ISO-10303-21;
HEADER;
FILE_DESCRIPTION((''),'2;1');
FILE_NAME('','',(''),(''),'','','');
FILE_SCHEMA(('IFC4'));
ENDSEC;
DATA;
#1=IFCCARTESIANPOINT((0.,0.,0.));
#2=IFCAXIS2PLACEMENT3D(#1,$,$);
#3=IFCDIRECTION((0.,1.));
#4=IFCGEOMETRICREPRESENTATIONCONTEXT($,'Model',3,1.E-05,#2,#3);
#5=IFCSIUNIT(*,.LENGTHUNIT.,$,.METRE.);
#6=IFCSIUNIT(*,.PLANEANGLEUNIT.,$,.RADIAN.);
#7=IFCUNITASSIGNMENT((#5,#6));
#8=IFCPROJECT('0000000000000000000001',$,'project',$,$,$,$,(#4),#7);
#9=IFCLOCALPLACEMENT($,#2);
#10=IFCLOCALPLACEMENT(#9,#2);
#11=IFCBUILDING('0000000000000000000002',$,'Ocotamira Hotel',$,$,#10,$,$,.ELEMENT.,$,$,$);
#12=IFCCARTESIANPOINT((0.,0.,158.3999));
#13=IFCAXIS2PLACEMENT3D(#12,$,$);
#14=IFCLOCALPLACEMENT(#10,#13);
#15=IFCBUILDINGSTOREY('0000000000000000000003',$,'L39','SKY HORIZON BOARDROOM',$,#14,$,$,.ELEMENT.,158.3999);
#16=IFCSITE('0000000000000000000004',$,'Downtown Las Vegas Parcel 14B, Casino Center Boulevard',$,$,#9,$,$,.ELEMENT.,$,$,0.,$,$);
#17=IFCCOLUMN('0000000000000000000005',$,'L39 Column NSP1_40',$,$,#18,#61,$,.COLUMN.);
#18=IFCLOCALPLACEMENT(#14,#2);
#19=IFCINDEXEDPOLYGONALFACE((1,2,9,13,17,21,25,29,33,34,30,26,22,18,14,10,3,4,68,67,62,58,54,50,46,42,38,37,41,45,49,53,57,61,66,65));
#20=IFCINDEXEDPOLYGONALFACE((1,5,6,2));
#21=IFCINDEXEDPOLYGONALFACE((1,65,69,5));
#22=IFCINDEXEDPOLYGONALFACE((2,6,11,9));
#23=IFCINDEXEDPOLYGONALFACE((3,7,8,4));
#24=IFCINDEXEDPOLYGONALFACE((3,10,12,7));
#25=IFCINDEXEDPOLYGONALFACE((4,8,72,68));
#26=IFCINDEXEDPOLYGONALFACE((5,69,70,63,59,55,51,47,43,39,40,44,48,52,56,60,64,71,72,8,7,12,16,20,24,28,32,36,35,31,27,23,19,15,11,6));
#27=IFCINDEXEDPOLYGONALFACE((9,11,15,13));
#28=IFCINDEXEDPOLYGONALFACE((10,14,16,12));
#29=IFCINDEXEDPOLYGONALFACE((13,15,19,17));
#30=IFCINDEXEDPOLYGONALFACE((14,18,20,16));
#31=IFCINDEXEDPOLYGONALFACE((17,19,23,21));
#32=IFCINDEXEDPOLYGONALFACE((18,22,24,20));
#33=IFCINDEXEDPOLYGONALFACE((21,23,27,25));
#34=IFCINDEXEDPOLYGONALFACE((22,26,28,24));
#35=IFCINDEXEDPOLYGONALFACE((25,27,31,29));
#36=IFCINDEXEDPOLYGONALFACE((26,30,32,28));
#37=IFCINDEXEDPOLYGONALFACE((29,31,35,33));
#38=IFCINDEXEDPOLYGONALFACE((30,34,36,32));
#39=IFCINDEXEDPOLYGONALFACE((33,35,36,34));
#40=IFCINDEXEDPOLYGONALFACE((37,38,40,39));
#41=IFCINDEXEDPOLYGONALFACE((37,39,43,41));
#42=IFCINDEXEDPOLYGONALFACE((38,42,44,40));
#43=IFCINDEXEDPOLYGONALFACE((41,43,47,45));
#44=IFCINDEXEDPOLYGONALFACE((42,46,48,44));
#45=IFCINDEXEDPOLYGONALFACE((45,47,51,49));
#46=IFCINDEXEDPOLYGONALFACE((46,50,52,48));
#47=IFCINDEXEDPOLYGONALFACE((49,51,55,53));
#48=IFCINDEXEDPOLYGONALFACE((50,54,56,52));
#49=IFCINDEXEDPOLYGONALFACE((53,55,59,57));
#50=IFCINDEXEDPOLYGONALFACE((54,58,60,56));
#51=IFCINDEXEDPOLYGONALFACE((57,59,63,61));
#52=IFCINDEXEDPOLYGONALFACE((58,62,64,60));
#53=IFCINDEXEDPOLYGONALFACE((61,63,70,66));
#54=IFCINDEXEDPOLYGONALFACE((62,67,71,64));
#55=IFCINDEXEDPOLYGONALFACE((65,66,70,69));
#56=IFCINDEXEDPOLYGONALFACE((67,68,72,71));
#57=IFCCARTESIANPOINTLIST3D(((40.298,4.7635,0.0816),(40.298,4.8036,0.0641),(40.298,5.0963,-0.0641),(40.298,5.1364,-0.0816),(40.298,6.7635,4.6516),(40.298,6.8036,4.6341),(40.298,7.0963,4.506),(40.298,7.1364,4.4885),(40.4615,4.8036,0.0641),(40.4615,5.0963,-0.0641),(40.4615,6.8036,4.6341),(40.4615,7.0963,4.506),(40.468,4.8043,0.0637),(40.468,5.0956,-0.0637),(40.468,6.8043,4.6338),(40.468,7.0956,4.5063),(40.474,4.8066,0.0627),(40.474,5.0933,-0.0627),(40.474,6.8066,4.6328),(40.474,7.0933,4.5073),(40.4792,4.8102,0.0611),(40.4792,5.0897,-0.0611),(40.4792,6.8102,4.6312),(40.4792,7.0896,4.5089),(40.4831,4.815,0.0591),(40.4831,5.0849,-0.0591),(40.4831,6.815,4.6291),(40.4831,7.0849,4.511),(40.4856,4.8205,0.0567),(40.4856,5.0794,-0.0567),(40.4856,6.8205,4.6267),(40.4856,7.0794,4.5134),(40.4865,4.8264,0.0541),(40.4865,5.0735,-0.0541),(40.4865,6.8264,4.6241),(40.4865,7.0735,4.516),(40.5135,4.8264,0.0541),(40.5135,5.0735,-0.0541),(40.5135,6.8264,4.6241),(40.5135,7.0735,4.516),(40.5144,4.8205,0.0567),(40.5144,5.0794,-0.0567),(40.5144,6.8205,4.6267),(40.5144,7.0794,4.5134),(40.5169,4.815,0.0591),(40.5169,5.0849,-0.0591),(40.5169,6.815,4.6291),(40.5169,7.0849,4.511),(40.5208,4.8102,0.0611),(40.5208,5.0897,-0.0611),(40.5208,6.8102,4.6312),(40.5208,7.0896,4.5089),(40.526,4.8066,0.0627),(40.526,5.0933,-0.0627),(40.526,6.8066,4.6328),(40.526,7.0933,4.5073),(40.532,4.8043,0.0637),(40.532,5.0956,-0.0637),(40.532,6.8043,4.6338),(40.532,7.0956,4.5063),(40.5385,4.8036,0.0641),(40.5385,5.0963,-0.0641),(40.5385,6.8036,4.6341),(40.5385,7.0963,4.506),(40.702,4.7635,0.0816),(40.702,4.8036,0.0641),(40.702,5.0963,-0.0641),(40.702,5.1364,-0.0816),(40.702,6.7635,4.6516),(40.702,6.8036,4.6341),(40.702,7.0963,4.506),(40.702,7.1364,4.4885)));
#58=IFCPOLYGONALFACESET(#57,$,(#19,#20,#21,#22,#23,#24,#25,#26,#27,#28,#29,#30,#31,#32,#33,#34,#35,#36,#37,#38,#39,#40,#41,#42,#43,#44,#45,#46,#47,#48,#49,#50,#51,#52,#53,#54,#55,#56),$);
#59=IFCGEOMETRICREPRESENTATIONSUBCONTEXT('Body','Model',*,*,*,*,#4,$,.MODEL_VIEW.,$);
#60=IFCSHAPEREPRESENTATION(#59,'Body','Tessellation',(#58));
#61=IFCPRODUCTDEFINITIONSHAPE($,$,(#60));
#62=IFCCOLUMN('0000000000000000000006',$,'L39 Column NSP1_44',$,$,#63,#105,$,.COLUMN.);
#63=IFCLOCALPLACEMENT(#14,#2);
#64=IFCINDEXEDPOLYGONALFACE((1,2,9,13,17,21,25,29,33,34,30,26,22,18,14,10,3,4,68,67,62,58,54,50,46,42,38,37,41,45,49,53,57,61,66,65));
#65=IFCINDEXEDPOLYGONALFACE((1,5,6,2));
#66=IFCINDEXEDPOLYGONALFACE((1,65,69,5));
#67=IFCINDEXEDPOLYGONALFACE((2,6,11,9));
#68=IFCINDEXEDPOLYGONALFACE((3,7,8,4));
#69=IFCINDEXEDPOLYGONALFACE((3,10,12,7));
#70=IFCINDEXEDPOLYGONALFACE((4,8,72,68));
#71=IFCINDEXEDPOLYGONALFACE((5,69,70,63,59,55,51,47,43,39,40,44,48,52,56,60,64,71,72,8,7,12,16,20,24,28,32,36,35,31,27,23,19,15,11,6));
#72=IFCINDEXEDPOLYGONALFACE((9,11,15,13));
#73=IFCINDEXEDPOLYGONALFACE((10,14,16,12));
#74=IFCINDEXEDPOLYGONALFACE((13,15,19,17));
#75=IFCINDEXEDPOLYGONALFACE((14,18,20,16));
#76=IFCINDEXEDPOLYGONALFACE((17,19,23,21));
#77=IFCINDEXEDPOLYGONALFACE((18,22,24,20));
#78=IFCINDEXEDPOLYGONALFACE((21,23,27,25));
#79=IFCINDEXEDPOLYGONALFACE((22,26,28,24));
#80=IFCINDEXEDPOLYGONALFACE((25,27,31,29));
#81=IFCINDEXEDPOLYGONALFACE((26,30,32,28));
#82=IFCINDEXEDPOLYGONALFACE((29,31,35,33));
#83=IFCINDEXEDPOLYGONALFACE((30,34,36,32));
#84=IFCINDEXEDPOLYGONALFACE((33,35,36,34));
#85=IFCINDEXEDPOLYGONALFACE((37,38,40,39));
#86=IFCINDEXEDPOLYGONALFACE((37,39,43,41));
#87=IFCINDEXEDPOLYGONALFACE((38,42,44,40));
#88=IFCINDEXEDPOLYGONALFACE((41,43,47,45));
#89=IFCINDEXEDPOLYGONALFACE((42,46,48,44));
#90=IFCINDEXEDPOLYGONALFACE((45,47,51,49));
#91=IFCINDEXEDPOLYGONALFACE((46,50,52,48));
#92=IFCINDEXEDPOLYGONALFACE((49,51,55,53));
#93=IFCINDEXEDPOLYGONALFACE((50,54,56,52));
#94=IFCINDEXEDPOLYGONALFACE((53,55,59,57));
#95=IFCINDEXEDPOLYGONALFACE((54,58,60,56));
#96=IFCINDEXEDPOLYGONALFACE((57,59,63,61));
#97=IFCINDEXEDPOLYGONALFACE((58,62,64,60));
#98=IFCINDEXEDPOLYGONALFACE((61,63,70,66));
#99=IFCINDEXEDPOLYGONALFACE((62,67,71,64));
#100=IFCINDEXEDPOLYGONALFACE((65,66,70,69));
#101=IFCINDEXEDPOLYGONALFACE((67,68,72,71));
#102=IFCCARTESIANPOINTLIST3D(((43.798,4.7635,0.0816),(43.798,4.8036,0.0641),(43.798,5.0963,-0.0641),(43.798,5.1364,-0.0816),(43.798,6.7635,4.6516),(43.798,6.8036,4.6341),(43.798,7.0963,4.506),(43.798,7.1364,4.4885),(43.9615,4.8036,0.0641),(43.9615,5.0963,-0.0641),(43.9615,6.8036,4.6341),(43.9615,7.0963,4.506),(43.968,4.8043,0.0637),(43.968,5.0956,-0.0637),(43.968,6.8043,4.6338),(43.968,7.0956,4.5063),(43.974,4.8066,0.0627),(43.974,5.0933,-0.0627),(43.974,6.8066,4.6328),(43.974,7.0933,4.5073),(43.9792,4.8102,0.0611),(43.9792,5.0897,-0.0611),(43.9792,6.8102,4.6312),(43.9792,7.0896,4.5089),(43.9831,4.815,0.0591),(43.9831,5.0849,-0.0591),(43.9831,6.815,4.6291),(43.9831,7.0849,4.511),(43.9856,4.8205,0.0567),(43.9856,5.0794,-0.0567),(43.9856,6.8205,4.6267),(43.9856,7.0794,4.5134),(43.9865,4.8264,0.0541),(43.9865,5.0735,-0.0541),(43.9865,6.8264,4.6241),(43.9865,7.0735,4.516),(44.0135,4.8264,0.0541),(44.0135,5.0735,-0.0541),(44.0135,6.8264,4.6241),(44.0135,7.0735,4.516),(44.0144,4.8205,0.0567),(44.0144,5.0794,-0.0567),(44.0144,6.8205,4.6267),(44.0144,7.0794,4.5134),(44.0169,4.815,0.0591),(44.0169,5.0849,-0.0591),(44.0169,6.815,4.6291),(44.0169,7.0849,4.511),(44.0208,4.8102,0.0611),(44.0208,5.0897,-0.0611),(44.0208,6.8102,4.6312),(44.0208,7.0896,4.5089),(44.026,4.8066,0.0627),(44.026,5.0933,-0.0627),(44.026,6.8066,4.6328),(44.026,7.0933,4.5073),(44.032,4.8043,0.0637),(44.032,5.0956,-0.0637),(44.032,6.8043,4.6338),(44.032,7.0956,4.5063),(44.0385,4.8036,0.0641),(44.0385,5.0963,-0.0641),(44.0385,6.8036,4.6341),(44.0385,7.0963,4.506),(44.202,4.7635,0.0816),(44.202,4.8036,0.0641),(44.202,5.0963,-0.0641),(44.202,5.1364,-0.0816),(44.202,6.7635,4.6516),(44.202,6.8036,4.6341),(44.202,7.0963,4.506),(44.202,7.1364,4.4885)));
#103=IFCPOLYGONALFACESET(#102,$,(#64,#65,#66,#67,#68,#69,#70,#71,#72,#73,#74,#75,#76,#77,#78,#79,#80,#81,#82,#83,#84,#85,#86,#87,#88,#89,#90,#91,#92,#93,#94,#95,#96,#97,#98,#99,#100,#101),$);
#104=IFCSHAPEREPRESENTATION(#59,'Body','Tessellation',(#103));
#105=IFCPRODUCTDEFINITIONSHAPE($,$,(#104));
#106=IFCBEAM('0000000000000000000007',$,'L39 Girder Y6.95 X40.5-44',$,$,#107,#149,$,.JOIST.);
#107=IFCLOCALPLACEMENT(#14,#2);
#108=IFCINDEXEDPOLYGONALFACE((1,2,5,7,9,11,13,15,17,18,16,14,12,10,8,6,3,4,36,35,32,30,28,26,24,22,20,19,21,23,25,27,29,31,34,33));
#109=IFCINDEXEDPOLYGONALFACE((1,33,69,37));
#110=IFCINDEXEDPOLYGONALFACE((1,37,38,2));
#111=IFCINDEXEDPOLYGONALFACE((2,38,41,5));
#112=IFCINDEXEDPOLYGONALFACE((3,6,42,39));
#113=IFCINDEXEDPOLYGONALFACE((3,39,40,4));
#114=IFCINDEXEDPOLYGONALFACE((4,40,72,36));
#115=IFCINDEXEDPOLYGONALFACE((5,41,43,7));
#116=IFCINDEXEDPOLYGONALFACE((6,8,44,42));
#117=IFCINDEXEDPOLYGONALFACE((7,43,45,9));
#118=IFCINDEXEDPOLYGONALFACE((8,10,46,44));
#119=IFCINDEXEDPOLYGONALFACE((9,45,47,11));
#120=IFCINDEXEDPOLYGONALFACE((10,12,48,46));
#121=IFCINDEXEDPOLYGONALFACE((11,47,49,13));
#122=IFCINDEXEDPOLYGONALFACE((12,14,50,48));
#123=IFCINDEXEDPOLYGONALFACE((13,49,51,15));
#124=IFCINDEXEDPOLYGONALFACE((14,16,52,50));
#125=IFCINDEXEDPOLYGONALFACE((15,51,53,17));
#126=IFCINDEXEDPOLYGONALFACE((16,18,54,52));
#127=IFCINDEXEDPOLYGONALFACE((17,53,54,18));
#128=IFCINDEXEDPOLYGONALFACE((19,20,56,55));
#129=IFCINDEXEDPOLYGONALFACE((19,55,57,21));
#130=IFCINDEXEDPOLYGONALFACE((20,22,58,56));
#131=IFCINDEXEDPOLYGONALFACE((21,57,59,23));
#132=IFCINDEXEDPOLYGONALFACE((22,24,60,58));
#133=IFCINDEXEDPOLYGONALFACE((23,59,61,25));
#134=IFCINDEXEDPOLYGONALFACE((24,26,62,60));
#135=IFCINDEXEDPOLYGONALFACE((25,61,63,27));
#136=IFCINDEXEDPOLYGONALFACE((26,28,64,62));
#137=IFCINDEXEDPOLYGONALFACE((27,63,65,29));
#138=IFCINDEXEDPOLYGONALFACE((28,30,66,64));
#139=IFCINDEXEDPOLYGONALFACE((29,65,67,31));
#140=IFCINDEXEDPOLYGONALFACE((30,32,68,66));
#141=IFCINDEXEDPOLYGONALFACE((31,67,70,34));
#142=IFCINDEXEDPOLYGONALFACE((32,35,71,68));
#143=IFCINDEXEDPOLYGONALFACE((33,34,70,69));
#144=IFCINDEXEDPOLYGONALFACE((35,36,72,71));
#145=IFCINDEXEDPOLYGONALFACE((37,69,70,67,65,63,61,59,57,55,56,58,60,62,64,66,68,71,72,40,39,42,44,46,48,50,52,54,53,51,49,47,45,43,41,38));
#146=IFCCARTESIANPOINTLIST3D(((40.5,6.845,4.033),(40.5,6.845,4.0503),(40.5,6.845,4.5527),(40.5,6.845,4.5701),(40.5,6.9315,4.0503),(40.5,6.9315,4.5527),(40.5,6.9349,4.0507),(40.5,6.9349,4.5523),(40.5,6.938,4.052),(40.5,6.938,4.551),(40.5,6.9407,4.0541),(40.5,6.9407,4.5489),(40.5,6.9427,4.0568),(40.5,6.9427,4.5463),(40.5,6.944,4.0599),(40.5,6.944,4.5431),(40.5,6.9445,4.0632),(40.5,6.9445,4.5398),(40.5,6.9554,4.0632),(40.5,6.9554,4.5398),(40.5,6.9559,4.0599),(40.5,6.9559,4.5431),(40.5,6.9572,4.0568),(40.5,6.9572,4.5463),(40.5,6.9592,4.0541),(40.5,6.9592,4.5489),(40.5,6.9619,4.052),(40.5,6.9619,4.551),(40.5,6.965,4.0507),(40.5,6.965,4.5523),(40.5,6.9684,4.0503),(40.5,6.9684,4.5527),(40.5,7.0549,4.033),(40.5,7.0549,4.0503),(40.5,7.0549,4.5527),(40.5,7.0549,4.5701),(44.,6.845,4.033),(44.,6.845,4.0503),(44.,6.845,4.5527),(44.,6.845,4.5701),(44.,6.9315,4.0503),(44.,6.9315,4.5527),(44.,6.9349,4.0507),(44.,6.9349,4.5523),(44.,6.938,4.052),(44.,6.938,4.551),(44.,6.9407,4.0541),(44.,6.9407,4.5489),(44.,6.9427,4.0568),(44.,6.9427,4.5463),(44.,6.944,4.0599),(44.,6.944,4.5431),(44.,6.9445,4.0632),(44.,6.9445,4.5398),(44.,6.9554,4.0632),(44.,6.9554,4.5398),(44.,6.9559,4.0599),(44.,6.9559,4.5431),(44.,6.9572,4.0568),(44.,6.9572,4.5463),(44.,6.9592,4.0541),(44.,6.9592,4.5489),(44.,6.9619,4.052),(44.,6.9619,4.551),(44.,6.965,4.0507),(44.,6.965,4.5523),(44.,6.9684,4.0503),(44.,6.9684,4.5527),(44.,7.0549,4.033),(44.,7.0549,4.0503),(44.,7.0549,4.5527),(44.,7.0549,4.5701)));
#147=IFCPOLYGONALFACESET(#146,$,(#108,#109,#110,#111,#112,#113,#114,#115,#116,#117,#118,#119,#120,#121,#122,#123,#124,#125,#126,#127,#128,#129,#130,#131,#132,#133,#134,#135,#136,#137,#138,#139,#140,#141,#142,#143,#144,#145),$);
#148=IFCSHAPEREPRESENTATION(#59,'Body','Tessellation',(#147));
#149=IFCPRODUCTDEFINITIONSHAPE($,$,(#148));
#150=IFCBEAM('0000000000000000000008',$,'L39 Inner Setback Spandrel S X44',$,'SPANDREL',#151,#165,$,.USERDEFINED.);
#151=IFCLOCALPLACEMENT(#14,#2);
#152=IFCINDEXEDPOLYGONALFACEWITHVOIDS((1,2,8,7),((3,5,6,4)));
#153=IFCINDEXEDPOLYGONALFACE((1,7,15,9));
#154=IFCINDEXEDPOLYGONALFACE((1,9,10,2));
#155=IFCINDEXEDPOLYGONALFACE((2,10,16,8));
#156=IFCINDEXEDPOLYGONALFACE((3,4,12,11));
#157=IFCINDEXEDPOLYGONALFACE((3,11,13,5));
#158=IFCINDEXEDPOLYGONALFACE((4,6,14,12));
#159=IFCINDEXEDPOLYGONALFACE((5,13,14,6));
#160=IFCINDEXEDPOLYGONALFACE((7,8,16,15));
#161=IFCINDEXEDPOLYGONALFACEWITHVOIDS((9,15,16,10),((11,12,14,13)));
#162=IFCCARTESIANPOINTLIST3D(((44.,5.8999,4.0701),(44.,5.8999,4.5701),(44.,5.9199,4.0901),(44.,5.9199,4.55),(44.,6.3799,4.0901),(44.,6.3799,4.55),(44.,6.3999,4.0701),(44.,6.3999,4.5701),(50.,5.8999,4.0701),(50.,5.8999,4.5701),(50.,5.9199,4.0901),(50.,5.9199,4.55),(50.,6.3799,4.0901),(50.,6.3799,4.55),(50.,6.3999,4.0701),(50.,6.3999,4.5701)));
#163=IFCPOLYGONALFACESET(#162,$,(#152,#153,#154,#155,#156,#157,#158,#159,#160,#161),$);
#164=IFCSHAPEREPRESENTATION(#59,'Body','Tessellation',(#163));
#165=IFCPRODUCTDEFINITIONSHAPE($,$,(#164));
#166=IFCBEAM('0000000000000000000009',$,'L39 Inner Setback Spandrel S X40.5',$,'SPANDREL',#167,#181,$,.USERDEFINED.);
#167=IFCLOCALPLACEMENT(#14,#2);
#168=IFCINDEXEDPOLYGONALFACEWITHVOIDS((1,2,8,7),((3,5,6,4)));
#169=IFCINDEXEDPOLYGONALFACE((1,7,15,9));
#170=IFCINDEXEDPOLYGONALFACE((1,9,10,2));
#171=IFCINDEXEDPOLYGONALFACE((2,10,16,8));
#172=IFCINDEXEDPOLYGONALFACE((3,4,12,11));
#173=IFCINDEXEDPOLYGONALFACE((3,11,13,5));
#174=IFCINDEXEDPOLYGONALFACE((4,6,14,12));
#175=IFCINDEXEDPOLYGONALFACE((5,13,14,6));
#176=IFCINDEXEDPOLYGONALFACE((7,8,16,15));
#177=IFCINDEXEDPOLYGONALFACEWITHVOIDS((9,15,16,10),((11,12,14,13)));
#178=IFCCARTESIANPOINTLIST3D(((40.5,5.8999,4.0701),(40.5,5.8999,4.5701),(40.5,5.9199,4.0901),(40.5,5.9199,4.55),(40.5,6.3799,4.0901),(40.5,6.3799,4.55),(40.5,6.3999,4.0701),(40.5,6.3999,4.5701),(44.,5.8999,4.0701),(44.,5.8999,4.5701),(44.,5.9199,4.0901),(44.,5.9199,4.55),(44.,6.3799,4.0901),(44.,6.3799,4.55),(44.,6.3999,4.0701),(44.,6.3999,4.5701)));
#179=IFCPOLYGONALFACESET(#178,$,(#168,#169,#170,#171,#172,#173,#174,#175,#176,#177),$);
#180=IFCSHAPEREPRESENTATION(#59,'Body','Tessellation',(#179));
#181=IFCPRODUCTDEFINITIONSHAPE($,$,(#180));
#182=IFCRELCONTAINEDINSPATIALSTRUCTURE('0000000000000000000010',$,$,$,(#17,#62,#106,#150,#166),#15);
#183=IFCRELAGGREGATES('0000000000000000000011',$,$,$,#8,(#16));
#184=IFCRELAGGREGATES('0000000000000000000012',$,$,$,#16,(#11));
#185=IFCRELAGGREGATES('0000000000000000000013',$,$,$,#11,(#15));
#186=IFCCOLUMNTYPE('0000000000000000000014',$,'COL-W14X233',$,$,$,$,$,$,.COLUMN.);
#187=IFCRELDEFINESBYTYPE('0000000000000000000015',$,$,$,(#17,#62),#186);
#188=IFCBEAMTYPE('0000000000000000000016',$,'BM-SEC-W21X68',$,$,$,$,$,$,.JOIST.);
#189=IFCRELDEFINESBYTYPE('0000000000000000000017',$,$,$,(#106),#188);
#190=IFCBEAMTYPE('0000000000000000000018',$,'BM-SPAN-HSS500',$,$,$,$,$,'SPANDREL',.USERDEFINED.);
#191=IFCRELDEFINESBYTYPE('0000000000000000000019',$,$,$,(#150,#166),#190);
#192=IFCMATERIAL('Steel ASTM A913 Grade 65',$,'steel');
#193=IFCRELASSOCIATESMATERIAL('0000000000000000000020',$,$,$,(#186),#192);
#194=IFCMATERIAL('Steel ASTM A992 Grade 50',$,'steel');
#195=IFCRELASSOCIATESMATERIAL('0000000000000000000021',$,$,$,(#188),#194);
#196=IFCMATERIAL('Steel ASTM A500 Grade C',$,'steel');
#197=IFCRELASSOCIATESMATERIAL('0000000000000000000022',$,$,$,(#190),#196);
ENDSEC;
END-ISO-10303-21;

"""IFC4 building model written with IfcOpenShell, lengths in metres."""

from ifc_helpers import new_model, si_unit, direction, frame, origin, origin_2d, place, context, subcontext, project, spatial, hollow_rectangle, i_section, extrude, source, transform, mapped, material, material_profile, profile_set, type_object, element, save


model = new_model("IFC4")

# Units and contexts
model_context = context("Model", 3, precision=1e-05, world=origin(), true_north=direction((0.0, 1.0)))
body_context = subcontext(model_context, "Body", "Model", "MODEL_VIEW")
ifc_project = project(units=[si_unit("LENGTHUNIT", "METRE"), si_unit("PLANEANGLEUNIT", "RADIAN")], contexts=[model_context])

# Site, building, storey
site_placement = place(None, origin())
site = spatial("IfcSite", under=ifc_project, at=site_placement, Name="Downtown Las Vegas Parcel 14B, Casino Center Boulevard", CompositionType="ELEMENT", RefElevation=0.0)
building_placement = place(site_placement, origin())
building = spatial("IfcBuilding", under=site, at=building_placement, Name="Ocotamira Hotel", CompositionType="ELEMENT")
storey_placement = place(building_placement, frame((0.0, 0.0, 158.3999)))
storey = spatial("IfcBuildingStorey", under=building, at=storey_placement, Name="L39", Description="SKY HORIZON BOARDROOM", CompositionType="ELEMENT", Elevation=158.3999)

# Columns
ifc_material_1 = material(Name="Steel ASTM A913 Grade 65", Category="steel")
ifc_material_profile_1 = material_profile(ifc_material_1, i_section(OverallWidth=0.4041, OverallDepth=0.407, WebThickness=0.0271, FlangeThickness=0.0437, FilletRadius=0.0249, at=origin_2d()), Name="W14X233")
ifc_profile_set_1 = profile_set([ifc_material_profile_1], Name="Steel ASTM A913 Grade 65")
column_type = type_object("IfcColumnType", Name="COL-W14X233", PredefinedType="COLUMN", material=ifc_profile_set_1)
shared_shape_1 = source(origin(), body_context, "Body", "SweptSolid", [
    extrude(i_section(OverallWidth=0.4041, OverallDepth=0.407, WebThickness=0.0271, FlangeThickness=0.0437, FilletRadius=0.0249, at=origin_2d()), origin(), (0.0, 0.0, 1.0), 4.9885),
])
for number, where, z_axis, x_axis, name in (
    (1, (40.5, 4.95, 0.0), (0.0, 0.400919, 0.916114), (-1.0, 0.0, 0.0), "L39 Column NSP1_40"),
    (2, (44.0, 4.95, 0.0), (0.0, 0.400919, 0.916114), (-1.0, 0.0, 0.0), "L39 Column NSP1_44"),
):
    element("IfcColumn", number, at=place(storey_placement, frame(where, z_axis=z_axis, x_axis=x_axis)), inside=storey, type_object=column_type, Name=name, PredefinedType="COLUMN", context=body_context, shape_type="MappedRepresentation", body=[
        mapped(shared_shape_1, transform((0.0, 0.0, 0.0), scale=1.0)),
    ])

# Beams
ifc_material_2 = material(Name="Steel ASTM A992 Grade 50", Category="steel")
ifc_material_profile_2 = material_profile(ifc_material_2, i_section(OverallWidth=0.21, OverallDepth=0.5371, WebThickness=0.011, FlangeThickness=0.0173, FilletRadius=0.0129, at=origin_2d()), Name="W21X68")
ifc_profile_set_2 = profile_set([ifc_material_profile_2], Name="Steel ASTM A992 Grade 50")
beam_type_1 = type_object("IfcBeamType", Name="BM-SEC-W21X68", PredefinedType="JOIST", material=ifc_profile_set_2)
shared_shape_2 = source(origin(), body_context, "Body", "SweptSolid", [
    extrude(i_section(OverallWidth=0.21, OverallDepth=0.5371, WebThickness=0.011, FlangeThickness=0.0173, FilletRadius=0.0129, at=origin_2d()), origin(), (0.0, 0.0, 1.0), 3.5),
])
beam_1_placement = place(storey_placement, frame((40.5, 6.95, 4.3015), z_axis=(1.0, 0.0, 0.0), x_axis=(0.0, 1.0, 0.0)))
element("IfcBeam", 3, at=beam_1_placement, inside=storey, type_object=beam_type_1, Name="L39 Girder Y6.95 X40.5-44", PredefinedType="JOIST", context=body_context, shape_type="MappedRepresentation", body=[
    mapped(shared_shape_2, transform((0.0, 0.0, 0.0), scale=1.0)),
])
ifc_material_3 = material(Name="Steel ASTM A500 Grade C", Category="steel")
ifc_material_profile_3 = material_profile(ifc_material_3, hollow_rectangle(XDim=0.5, YDim=0.5, WallThickness=0.02, at=origin_2d()), Name="HSS500X500X20")
ifc_profile_set_3 = profile_set([ifc_material_profile_3], Name="Steel ASTM A500 Grade C")
beam_type_2 = type_object("IfcBeamType", Name="BM-SPAN-HSS500", ElementType="SPANDREL", PredefinedType="USERDEFINED", material=ifc_profile_set_3)
shared_shape_3 = source(origin(), body_context, "Body", "SweptSolid", [
    extrude(hollow_rectangle(XDim=0.5, YDim=0.5, WallThickness=0.02, at=origin_2d()), origin(), (0.0, 0.0, 1.0), 6.0),
])
beam_2_placement = place(storey_placement, frame((44.0, 6.1499, 4.3201), z_axis=(1.0, 0.0, 0.0), x_axis=(0.0, 1.0, 0.0)))
element("IfcBeam", 4, at=beam_2_placement, inside=storey, type_object=beam_type_2, Name="L39 Inner Setback Spandrel S X44", ObjectType="SPANDREL", PredefinedType="USERDEFINED", context=body_context, shape_type="MappedRepresentation", body=[
    mapped(shared_shape_3, transform((0.0, 0.0, 0.0), scale=1.0)),
])
shared_shape_4 = source(origin(), body_context, "Body", "SweptSolid", [
    extrude(hollow_rectangle(XDim=0.5, YDim=0.5, WallThickness=0.02, at=origin_2d()), origin(), (0.0, 0.0, 1.0), 3.5),
])
beam_3_placement = place(storey_placement, frame((40.5, 6.1499, 4.3201), z_axis=(1.0, 0.0, 0.0), x_axis=(0.0, 1.0, 0.0)))
element("IfcBeam", 5, at=beam_3_placement, inside=storey, type_object=beam_type_2, Name="L39 Inner Setback Spandrel S X40.5", ObjectType="SPANDREL", PredefinedType="USERDEFINED", context=body_context, shape_type="MappedRepresentation", body=[
    mapped(shared_shape_4, transform((0.0, 0.0, 0.0), scale=1.0)),
])

save(model, "model.ifc")
